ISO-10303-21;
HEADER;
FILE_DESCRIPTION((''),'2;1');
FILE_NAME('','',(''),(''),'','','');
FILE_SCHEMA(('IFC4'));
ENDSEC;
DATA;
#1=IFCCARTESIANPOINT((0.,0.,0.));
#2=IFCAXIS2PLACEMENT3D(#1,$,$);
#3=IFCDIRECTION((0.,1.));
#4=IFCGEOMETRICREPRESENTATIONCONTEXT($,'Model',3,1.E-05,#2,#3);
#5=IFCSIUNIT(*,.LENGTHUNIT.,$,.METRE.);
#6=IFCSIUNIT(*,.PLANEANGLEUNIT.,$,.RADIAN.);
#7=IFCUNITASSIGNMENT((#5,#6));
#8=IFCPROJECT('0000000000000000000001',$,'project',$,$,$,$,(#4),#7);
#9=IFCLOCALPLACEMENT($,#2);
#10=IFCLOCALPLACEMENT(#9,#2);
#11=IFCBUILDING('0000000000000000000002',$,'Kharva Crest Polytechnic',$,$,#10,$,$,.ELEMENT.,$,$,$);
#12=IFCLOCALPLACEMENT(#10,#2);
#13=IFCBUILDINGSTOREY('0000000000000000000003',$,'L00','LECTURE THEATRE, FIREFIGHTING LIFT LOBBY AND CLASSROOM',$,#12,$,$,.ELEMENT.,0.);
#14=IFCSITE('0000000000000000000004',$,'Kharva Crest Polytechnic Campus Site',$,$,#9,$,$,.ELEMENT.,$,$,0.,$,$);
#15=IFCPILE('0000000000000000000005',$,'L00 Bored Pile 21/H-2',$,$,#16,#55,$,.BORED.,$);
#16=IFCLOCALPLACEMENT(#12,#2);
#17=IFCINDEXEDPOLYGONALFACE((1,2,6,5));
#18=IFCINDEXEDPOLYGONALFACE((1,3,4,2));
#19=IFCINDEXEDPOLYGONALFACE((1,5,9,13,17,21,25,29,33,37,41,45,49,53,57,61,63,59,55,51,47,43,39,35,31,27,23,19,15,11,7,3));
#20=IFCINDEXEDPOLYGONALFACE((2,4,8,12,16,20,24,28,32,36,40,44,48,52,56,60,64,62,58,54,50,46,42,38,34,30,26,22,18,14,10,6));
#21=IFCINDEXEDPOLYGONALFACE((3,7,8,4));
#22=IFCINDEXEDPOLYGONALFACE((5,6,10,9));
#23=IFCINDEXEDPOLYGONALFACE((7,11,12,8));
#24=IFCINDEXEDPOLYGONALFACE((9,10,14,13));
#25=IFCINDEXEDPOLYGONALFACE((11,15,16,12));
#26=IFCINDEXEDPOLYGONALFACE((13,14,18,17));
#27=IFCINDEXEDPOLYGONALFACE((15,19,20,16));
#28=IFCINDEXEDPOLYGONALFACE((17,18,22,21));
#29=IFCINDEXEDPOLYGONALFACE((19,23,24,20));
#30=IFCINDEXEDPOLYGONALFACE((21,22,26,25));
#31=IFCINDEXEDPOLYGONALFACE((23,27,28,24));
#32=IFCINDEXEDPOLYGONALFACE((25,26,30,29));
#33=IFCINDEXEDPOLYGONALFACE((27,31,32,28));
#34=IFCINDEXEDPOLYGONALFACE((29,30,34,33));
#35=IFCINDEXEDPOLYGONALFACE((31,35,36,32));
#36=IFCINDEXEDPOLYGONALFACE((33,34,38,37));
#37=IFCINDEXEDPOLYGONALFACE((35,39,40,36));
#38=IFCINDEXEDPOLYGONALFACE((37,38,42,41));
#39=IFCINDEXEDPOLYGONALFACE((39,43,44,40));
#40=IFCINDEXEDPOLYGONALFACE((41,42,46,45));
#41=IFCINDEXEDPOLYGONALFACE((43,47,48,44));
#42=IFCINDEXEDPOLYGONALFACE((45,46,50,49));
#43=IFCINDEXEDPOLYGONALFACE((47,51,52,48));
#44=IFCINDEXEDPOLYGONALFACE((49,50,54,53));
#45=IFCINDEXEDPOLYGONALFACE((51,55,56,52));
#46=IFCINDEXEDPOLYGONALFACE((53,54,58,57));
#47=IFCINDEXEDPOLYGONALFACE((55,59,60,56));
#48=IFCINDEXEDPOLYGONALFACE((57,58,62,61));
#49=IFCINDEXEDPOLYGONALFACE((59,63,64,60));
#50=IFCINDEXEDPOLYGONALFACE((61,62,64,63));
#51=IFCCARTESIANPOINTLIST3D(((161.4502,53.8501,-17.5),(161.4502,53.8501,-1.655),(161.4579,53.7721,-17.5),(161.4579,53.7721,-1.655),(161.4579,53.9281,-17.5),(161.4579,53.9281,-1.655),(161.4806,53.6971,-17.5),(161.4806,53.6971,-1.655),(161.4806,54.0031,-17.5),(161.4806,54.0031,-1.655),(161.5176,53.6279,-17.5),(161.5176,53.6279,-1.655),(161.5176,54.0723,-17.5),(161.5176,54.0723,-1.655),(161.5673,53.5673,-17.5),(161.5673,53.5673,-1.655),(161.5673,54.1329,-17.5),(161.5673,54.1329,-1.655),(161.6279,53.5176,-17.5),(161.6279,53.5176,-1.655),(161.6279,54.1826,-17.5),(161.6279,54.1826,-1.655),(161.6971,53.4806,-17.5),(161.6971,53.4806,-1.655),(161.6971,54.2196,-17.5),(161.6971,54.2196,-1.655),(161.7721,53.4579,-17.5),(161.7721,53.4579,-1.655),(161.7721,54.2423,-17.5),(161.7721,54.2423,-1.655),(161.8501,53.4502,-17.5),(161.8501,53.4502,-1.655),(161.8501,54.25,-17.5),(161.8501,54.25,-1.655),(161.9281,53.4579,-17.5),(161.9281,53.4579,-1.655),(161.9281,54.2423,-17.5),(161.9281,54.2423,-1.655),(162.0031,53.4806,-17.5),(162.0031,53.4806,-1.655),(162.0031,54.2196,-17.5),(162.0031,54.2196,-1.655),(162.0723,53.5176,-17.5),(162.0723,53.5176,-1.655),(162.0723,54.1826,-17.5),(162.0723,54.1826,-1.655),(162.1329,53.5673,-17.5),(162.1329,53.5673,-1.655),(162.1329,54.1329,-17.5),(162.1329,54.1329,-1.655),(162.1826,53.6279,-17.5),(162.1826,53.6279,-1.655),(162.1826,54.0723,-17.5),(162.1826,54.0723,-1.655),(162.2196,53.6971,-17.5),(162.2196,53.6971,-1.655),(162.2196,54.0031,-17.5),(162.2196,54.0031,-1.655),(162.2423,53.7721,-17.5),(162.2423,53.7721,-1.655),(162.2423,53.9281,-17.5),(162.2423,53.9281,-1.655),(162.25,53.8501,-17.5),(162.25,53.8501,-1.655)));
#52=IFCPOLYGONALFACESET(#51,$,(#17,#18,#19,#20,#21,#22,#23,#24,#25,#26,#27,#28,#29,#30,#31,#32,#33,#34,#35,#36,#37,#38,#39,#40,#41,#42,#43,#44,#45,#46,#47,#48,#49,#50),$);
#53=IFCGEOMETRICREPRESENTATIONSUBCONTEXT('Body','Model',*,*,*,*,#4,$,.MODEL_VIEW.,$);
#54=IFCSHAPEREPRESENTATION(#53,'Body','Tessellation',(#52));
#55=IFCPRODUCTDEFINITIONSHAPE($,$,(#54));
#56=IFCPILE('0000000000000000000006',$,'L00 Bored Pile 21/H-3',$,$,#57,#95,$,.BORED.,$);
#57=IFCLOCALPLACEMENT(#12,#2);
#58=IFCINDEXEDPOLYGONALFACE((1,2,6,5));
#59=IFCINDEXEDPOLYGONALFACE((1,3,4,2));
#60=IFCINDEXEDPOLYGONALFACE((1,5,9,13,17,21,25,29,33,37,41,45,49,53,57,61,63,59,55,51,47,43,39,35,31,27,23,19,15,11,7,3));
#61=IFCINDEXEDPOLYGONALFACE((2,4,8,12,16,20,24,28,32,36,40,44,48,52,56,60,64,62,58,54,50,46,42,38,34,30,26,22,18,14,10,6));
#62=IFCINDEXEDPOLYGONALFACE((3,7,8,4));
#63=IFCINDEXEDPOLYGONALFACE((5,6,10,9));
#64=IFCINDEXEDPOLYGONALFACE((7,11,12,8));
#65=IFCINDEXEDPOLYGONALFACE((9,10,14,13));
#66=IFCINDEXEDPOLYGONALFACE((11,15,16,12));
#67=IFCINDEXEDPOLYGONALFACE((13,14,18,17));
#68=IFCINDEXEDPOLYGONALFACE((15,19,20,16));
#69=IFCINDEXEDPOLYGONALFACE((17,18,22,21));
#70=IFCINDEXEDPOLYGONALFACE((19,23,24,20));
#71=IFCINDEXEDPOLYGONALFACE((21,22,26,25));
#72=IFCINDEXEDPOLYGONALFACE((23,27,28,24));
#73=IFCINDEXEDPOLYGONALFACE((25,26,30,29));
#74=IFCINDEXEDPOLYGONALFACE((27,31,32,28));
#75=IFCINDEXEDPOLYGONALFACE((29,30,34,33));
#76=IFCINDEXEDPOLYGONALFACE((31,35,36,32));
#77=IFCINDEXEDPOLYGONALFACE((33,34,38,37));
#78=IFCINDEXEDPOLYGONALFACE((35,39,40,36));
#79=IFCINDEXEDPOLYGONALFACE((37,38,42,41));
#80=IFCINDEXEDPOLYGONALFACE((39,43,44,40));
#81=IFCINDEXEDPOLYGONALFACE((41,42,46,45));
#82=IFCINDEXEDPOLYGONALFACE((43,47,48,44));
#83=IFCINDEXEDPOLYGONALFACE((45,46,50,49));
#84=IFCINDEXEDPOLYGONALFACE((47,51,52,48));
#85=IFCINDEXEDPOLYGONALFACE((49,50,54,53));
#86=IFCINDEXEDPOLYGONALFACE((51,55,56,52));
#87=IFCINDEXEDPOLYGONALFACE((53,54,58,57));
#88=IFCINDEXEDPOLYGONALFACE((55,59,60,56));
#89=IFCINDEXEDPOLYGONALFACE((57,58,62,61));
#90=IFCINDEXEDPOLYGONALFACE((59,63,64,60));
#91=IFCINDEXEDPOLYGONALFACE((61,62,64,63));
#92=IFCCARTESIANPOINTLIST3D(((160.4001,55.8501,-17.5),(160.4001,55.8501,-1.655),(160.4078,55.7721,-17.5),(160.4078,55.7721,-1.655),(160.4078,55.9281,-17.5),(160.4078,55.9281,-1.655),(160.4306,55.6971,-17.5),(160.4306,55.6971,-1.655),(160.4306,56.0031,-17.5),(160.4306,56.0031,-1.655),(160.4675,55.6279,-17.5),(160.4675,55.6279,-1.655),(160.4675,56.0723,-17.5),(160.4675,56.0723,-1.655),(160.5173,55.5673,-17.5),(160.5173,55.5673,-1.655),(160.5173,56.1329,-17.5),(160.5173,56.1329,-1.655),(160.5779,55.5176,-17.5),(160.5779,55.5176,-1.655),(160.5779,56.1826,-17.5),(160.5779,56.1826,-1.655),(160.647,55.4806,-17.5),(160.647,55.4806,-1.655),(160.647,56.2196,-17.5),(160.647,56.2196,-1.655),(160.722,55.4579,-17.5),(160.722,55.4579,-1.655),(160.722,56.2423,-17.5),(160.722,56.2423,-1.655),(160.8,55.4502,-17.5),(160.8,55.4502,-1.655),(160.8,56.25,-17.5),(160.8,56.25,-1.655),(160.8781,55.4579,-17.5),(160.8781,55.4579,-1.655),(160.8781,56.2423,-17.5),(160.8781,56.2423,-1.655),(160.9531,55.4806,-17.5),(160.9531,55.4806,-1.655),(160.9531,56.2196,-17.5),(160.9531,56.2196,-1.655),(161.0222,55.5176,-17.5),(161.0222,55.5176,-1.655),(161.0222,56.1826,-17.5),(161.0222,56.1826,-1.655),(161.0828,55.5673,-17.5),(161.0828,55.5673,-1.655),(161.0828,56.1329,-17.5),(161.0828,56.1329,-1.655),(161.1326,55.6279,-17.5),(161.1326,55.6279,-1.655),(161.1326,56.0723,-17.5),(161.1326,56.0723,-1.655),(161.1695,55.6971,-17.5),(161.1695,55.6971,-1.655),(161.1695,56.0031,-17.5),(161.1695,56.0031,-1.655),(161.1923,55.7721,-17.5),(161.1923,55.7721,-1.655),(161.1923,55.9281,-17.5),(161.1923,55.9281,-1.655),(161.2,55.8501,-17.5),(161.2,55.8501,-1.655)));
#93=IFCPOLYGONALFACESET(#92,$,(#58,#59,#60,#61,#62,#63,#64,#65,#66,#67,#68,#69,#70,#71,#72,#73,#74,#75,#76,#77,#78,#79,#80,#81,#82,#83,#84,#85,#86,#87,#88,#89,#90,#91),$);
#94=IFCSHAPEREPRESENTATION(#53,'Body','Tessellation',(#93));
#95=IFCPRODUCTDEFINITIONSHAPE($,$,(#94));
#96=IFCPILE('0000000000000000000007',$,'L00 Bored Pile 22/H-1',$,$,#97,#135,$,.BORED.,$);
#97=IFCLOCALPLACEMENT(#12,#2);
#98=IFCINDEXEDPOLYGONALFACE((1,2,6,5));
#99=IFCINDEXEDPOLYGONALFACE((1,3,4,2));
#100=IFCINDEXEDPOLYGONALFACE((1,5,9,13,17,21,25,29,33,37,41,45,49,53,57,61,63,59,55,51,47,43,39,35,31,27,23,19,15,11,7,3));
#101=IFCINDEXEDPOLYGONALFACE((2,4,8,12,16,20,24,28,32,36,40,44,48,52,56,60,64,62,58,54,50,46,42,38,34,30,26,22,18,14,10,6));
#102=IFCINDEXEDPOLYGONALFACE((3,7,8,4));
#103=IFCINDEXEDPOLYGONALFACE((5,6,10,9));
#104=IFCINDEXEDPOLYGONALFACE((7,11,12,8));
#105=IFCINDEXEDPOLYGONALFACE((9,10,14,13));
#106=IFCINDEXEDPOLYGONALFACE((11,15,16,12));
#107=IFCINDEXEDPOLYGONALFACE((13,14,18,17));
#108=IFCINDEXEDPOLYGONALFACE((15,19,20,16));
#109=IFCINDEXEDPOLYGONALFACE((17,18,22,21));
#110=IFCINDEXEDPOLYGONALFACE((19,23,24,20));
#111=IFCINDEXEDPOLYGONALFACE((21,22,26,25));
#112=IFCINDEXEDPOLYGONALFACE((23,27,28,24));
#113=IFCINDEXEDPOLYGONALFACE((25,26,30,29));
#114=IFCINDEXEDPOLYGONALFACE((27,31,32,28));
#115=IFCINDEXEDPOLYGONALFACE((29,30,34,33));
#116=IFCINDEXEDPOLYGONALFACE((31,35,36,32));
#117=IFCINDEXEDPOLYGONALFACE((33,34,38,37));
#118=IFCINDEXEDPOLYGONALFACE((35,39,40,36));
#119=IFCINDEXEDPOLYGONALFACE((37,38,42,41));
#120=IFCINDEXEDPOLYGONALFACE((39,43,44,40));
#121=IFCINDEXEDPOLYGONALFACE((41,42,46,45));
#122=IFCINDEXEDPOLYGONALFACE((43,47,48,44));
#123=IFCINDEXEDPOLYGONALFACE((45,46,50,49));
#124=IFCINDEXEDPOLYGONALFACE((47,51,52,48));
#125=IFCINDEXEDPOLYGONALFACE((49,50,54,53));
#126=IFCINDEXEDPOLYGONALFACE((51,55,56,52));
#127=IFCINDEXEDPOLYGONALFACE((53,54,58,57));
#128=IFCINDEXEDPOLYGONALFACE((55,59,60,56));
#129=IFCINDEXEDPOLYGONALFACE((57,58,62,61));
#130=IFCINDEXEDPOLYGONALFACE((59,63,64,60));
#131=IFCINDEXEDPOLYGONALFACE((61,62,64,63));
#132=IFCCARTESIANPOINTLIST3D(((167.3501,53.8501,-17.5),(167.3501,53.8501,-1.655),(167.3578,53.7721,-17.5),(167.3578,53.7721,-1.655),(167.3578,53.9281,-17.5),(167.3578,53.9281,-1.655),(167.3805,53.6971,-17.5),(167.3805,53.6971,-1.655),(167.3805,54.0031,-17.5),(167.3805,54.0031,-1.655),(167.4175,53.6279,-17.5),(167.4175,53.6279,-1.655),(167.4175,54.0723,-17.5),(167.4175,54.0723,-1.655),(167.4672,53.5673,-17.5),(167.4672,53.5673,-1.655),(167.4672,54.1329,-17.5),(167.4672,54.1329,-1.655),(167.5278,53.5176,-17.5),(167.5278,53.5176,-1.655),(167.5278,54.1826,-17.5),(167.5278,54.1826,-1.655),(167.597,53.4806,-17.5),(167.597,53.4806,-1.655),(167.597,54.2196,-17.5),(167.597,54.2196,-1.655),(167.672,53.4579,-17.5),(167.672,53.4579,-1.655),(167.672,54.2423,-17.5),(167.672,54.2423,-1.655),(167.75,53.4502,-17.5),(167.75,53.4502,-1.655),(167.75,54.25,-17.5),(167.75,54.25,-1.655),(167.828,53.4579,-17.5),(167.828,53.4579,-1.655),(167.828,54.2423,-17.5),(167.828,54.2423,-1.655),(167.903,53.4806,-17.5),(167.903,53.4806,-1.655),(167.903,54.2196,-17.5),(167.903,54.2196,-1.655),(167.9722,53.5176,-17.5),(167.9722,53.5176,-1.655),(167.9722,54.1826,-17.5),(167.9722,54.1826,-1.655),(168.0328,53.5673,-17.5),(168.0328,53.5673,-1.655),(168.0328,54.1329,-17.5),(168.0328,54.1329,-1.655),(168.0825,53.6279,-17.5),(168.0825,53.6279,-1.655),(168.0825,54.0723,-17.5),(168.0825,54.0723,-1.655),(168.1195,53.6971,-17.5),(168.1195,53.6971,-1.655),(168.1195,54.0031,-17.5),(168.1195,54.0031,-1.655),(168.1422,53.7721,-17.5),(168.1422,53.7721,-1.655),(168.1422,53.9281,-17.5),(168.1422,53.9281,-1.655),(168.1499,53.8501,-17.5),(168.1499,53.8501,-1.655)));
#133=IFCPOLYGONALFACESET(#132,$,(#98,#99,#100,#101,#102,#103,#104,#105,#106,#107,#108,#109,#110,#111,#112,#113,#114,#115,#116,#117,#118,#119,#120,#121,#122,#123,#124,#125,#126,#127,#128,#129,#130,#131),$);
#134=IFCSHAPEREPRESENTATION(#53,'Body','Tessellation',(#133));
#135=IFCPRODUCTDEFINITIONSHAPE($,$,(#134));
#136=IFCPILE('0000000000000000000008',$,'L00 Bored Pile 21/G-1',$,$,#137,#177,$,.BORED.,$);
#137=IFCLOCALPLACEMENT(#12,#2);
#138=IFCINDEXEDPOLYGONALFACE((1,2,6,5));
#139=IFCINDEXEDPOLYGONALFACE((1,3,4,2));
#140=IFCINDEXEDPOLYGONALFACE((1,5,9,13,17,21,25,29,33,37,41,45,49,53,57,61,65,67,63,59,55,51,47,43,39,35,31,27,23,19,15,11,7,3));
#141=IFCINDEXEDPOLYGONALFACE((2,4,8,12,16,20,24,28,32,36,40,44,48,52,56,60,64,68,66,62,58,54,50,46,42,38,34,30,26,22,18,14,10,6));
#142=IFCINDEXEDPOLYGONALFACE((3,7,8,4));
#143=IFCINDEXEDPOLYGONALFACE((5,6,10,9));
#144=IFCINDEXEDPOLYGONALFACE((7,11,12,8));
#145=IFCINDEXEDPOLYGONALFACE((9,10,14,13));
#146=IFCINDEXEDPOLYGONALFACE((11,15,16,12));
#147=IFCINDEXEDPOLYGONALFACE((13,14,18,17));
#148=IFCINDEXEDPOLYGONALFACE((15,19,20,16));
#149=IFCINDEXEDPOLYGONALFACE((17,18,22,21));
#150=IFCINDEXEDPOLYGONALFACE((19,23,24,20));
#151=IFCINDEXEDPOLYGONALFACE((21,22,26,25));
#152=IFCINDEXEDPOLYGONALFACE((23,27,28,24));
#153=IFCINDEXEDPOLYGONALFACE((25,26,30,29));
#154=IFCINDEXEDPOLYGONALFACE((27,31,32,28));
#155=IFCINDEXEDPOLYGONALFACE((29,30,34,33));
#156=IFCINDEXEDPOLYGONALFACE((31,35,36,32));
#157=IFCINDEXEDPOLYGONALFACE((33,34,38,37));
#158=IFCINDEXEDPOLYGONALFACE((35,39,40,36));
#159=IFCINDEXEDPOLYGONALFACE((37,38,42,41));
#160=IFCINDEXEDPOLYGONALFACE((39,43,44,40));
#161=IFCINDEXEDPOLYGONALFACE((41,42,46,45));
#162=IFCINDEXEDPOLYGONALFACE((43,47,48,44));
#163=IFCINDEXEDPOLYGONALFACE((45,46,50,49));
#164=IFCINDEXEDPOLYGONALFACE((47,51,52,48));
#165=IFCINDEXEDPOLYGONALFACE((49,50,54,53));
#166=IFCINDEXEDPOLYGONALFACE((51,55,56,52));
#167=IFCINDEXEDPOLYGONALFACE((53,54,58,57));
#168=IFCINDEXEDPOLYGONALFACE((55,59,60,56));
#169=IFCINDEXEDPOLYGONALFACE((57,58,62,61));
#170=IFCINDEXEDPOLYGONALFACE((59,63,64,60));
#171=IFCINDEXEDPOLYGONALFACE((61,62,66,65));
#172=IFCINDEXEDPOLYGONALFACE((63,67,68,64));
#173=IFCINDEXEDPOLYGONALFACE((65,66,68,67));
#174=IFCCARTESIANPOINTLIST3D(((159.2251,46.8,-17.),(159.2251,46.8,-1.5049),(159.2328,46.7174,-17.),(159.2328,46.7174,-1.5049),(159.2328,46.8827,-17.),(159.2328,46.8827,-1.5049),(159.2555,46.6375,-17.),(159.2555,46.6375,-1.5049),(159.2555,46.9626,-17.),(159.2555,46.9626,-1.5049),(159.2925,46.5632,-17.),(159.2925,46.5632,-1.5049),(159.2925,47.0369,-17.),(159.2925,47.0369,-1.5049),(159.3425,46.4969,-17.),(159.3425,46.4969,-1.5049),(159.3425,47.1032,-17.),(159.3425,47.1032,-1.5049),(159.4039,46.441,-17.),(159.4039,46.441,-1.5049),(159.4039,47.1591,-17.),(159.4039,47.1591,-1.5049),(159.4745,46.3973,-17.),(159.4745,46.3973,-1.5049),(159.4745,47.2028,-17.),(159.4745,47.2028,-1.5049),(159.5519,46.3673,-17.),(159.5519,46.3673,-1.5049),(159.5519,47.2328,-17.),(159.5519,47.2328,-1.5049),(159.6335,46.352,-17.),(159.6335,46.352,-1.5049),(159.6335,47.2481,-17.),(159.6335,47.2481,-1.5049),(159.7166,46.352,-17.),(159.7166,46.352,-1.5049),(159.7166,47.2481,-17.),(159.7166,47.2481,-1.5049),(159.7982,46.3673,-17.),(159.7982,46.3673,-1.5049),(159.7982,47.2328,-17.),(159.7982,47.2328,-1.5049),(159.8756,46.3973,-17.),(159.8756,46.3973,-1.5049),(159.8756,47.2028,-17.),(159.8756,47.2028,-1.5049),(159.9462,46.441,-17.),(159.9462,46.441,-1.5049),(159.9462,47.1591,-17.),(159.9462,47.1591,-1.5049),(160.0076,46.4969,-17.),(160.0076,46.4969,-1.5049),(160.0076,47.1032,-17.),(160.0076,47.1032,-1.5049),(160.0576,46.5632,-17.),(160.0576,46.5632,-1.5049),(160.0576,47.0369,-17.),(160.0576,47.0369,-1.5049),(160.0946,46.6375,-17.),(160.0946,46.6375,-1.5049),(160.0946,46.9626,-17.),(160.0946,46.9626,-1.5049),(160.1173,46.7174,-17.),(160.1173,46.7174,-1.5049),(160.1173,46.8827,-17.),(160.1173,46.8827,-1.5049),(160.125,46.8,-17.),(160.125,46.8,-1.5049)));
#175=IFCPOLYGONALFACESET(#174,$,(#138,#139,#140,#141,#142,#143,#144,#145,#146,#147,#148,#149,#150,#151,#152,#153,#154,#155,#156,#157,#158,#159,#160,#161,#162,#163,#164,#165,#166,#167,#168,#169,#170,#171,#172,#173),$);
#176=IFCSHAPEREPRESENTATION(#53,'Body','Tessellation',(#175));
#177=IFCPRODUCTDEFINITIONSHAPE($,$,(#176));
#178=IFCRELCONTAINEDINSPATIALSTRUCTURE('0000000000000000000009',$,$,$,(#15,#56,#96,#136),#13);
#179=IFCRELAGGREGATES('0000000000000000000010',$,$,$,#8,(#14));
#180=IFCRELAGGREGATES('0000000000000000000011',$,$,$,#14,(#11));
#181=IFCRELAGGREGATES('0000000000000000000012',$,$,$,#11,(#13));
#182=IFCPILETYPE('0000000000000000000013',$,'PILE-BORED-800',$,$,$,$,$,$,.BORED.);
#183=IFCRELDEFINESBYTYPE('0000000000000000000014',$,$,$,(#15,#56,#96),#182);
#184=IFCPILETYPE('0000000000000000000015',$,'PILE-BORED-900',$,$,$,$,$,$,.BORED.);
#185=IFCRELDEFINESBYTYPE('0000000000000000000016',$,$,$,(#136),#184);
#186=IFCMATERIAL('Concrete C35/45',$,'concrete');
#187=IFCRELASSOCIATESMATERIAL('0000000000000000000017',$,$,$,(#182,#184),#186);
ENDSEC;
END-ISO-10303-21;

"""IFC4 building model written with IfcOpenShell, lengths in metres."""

from ifc_helpers import new_model, si_unit, direction, frame, origin, origin_2d, place, context, subcontext, project, spatial, circle, extrude, material, material_profile, profile_set, type_object, element, save


model = new_model("IFC4")

# Units and contexts
model_context = context("Model", 3, precision=1e-05, world=origin(), true_north=direction((0.0, 1.0)))
body_context = subcontext(model_context, "Body", "Model", "MODEL_VIEW")
ifc_project = project(units=[si_unit("LENGTHUNIT", "METRE"), si_unit("PLANEANGLEUNIT", "RADIAN")], contexts=[model_context])

# Site, building, storey
site_placement = place(None, origin())
site = spatial("IfcSite", under=ifc_project, at=site_placement, Name="Kharva Crest Polytechnic Campus Site", CompositionType="ELEMENT", RefElevation=0.0)
building_placement = place(site_placement, origin())
building = spatial("IfcBuilding", under=site, at=building_placement, Name="Kharva Crest Polytechnic", CompositionType="ELEMENT")
storey_placement = place(building_placement, origin())
storey = spatial("IfcBuildingStorey", under=building, at=storey_placement, Name="L00", Description="LECTURE THEATRE, FIREFIGHTING LIFT LOBBY AND CLASSROOM", CompositionType="ELEMENT", Elevation=0.0)

# Shared definitions
ifc_material_1 = material(Name="Concrete C35/45", Category="concrete")

# Piles
ifc_material_profile_1 = material_profile(ifc_material_1, circle(Radius=0.3999, at=origin_2d()), Name="DIA 800")
ifc_profile_set_1 = profile_set([ifc_material_profile_1], Name="Concrete C35/45")
pile_type_1 = type_object("IfcPileType", Name="PILE-BORED-800", PredefinedType="BORED", material=ifc_profile_set_1)
for number, where, z_axis, x_axis, name in (
    (1, (161.8501, 53.8501, -1.655), (0.0, 0.0, -1.0), (1.0, 0.0, 0.0), "L00 Bored Pile 21/H-2"),
    (2, (160.8, 55.8501, -1.655), (0.0, 0.0, -1.0), (1.0, 0.0, 0.0), "L00 Bored Pile 21/H-3"),
    (3, (167.75, 53.8501, -1.655), (0.0, 0.0, -1.0), (1.0, 0.0, 0.0), "L00 Bored Pile 22/H-1"),
):
    element("IfcPile", number, at=place(storey_placement, frame(where, z_axis=z_axis, x_axis=x_axis)), inside=storey, type_object=pile_type_1, Name=name, PredefinedType="BORED", context=body_context, shape_type="SweptSolid", body=[
        extrude(circle(Radius=0.3999, at=origin_2d()), origin(), (0.0, 0.0, 1.0), 15.845),
    ])
ifc_material_profile_2 = material_profile(ifc_material_1, circle(Radius=0.45, at=origin_2d()), Name="DIA 900")
ifc_profile_set_2 = profile_set([ifc_material_profile_2], Name="Concrete C35/45")
pile_type_2 = type_object("IfcPileType", Name="PILE-BORED-900", PredefinedType="BORED", material=ifc_profile_set_2)
for number, where, z_axis, x_axis, name in (
    (4, (159.675, 46.8, -1.5049), (0.0, 0.0, -1.0), (1.0, 0.0, 0.0), "L00 Bored Pile 21/G-1"),
):
    element("IfcPile", number, at=place(storey_placement, frame(where, z_axis=z_axis, x_axis=x_axis)), inside=storey, type_object=pile_type_2, Name=name, PredefinedType="BORED", context=body_context, shape_type="SweptSolid", body=[
        extrude(circle(Radius=0.45, at=origin_2d()), origin(), (0.0, 0.0, 1.0), 15.4951),
    ])

save(model, "model.ifc")
